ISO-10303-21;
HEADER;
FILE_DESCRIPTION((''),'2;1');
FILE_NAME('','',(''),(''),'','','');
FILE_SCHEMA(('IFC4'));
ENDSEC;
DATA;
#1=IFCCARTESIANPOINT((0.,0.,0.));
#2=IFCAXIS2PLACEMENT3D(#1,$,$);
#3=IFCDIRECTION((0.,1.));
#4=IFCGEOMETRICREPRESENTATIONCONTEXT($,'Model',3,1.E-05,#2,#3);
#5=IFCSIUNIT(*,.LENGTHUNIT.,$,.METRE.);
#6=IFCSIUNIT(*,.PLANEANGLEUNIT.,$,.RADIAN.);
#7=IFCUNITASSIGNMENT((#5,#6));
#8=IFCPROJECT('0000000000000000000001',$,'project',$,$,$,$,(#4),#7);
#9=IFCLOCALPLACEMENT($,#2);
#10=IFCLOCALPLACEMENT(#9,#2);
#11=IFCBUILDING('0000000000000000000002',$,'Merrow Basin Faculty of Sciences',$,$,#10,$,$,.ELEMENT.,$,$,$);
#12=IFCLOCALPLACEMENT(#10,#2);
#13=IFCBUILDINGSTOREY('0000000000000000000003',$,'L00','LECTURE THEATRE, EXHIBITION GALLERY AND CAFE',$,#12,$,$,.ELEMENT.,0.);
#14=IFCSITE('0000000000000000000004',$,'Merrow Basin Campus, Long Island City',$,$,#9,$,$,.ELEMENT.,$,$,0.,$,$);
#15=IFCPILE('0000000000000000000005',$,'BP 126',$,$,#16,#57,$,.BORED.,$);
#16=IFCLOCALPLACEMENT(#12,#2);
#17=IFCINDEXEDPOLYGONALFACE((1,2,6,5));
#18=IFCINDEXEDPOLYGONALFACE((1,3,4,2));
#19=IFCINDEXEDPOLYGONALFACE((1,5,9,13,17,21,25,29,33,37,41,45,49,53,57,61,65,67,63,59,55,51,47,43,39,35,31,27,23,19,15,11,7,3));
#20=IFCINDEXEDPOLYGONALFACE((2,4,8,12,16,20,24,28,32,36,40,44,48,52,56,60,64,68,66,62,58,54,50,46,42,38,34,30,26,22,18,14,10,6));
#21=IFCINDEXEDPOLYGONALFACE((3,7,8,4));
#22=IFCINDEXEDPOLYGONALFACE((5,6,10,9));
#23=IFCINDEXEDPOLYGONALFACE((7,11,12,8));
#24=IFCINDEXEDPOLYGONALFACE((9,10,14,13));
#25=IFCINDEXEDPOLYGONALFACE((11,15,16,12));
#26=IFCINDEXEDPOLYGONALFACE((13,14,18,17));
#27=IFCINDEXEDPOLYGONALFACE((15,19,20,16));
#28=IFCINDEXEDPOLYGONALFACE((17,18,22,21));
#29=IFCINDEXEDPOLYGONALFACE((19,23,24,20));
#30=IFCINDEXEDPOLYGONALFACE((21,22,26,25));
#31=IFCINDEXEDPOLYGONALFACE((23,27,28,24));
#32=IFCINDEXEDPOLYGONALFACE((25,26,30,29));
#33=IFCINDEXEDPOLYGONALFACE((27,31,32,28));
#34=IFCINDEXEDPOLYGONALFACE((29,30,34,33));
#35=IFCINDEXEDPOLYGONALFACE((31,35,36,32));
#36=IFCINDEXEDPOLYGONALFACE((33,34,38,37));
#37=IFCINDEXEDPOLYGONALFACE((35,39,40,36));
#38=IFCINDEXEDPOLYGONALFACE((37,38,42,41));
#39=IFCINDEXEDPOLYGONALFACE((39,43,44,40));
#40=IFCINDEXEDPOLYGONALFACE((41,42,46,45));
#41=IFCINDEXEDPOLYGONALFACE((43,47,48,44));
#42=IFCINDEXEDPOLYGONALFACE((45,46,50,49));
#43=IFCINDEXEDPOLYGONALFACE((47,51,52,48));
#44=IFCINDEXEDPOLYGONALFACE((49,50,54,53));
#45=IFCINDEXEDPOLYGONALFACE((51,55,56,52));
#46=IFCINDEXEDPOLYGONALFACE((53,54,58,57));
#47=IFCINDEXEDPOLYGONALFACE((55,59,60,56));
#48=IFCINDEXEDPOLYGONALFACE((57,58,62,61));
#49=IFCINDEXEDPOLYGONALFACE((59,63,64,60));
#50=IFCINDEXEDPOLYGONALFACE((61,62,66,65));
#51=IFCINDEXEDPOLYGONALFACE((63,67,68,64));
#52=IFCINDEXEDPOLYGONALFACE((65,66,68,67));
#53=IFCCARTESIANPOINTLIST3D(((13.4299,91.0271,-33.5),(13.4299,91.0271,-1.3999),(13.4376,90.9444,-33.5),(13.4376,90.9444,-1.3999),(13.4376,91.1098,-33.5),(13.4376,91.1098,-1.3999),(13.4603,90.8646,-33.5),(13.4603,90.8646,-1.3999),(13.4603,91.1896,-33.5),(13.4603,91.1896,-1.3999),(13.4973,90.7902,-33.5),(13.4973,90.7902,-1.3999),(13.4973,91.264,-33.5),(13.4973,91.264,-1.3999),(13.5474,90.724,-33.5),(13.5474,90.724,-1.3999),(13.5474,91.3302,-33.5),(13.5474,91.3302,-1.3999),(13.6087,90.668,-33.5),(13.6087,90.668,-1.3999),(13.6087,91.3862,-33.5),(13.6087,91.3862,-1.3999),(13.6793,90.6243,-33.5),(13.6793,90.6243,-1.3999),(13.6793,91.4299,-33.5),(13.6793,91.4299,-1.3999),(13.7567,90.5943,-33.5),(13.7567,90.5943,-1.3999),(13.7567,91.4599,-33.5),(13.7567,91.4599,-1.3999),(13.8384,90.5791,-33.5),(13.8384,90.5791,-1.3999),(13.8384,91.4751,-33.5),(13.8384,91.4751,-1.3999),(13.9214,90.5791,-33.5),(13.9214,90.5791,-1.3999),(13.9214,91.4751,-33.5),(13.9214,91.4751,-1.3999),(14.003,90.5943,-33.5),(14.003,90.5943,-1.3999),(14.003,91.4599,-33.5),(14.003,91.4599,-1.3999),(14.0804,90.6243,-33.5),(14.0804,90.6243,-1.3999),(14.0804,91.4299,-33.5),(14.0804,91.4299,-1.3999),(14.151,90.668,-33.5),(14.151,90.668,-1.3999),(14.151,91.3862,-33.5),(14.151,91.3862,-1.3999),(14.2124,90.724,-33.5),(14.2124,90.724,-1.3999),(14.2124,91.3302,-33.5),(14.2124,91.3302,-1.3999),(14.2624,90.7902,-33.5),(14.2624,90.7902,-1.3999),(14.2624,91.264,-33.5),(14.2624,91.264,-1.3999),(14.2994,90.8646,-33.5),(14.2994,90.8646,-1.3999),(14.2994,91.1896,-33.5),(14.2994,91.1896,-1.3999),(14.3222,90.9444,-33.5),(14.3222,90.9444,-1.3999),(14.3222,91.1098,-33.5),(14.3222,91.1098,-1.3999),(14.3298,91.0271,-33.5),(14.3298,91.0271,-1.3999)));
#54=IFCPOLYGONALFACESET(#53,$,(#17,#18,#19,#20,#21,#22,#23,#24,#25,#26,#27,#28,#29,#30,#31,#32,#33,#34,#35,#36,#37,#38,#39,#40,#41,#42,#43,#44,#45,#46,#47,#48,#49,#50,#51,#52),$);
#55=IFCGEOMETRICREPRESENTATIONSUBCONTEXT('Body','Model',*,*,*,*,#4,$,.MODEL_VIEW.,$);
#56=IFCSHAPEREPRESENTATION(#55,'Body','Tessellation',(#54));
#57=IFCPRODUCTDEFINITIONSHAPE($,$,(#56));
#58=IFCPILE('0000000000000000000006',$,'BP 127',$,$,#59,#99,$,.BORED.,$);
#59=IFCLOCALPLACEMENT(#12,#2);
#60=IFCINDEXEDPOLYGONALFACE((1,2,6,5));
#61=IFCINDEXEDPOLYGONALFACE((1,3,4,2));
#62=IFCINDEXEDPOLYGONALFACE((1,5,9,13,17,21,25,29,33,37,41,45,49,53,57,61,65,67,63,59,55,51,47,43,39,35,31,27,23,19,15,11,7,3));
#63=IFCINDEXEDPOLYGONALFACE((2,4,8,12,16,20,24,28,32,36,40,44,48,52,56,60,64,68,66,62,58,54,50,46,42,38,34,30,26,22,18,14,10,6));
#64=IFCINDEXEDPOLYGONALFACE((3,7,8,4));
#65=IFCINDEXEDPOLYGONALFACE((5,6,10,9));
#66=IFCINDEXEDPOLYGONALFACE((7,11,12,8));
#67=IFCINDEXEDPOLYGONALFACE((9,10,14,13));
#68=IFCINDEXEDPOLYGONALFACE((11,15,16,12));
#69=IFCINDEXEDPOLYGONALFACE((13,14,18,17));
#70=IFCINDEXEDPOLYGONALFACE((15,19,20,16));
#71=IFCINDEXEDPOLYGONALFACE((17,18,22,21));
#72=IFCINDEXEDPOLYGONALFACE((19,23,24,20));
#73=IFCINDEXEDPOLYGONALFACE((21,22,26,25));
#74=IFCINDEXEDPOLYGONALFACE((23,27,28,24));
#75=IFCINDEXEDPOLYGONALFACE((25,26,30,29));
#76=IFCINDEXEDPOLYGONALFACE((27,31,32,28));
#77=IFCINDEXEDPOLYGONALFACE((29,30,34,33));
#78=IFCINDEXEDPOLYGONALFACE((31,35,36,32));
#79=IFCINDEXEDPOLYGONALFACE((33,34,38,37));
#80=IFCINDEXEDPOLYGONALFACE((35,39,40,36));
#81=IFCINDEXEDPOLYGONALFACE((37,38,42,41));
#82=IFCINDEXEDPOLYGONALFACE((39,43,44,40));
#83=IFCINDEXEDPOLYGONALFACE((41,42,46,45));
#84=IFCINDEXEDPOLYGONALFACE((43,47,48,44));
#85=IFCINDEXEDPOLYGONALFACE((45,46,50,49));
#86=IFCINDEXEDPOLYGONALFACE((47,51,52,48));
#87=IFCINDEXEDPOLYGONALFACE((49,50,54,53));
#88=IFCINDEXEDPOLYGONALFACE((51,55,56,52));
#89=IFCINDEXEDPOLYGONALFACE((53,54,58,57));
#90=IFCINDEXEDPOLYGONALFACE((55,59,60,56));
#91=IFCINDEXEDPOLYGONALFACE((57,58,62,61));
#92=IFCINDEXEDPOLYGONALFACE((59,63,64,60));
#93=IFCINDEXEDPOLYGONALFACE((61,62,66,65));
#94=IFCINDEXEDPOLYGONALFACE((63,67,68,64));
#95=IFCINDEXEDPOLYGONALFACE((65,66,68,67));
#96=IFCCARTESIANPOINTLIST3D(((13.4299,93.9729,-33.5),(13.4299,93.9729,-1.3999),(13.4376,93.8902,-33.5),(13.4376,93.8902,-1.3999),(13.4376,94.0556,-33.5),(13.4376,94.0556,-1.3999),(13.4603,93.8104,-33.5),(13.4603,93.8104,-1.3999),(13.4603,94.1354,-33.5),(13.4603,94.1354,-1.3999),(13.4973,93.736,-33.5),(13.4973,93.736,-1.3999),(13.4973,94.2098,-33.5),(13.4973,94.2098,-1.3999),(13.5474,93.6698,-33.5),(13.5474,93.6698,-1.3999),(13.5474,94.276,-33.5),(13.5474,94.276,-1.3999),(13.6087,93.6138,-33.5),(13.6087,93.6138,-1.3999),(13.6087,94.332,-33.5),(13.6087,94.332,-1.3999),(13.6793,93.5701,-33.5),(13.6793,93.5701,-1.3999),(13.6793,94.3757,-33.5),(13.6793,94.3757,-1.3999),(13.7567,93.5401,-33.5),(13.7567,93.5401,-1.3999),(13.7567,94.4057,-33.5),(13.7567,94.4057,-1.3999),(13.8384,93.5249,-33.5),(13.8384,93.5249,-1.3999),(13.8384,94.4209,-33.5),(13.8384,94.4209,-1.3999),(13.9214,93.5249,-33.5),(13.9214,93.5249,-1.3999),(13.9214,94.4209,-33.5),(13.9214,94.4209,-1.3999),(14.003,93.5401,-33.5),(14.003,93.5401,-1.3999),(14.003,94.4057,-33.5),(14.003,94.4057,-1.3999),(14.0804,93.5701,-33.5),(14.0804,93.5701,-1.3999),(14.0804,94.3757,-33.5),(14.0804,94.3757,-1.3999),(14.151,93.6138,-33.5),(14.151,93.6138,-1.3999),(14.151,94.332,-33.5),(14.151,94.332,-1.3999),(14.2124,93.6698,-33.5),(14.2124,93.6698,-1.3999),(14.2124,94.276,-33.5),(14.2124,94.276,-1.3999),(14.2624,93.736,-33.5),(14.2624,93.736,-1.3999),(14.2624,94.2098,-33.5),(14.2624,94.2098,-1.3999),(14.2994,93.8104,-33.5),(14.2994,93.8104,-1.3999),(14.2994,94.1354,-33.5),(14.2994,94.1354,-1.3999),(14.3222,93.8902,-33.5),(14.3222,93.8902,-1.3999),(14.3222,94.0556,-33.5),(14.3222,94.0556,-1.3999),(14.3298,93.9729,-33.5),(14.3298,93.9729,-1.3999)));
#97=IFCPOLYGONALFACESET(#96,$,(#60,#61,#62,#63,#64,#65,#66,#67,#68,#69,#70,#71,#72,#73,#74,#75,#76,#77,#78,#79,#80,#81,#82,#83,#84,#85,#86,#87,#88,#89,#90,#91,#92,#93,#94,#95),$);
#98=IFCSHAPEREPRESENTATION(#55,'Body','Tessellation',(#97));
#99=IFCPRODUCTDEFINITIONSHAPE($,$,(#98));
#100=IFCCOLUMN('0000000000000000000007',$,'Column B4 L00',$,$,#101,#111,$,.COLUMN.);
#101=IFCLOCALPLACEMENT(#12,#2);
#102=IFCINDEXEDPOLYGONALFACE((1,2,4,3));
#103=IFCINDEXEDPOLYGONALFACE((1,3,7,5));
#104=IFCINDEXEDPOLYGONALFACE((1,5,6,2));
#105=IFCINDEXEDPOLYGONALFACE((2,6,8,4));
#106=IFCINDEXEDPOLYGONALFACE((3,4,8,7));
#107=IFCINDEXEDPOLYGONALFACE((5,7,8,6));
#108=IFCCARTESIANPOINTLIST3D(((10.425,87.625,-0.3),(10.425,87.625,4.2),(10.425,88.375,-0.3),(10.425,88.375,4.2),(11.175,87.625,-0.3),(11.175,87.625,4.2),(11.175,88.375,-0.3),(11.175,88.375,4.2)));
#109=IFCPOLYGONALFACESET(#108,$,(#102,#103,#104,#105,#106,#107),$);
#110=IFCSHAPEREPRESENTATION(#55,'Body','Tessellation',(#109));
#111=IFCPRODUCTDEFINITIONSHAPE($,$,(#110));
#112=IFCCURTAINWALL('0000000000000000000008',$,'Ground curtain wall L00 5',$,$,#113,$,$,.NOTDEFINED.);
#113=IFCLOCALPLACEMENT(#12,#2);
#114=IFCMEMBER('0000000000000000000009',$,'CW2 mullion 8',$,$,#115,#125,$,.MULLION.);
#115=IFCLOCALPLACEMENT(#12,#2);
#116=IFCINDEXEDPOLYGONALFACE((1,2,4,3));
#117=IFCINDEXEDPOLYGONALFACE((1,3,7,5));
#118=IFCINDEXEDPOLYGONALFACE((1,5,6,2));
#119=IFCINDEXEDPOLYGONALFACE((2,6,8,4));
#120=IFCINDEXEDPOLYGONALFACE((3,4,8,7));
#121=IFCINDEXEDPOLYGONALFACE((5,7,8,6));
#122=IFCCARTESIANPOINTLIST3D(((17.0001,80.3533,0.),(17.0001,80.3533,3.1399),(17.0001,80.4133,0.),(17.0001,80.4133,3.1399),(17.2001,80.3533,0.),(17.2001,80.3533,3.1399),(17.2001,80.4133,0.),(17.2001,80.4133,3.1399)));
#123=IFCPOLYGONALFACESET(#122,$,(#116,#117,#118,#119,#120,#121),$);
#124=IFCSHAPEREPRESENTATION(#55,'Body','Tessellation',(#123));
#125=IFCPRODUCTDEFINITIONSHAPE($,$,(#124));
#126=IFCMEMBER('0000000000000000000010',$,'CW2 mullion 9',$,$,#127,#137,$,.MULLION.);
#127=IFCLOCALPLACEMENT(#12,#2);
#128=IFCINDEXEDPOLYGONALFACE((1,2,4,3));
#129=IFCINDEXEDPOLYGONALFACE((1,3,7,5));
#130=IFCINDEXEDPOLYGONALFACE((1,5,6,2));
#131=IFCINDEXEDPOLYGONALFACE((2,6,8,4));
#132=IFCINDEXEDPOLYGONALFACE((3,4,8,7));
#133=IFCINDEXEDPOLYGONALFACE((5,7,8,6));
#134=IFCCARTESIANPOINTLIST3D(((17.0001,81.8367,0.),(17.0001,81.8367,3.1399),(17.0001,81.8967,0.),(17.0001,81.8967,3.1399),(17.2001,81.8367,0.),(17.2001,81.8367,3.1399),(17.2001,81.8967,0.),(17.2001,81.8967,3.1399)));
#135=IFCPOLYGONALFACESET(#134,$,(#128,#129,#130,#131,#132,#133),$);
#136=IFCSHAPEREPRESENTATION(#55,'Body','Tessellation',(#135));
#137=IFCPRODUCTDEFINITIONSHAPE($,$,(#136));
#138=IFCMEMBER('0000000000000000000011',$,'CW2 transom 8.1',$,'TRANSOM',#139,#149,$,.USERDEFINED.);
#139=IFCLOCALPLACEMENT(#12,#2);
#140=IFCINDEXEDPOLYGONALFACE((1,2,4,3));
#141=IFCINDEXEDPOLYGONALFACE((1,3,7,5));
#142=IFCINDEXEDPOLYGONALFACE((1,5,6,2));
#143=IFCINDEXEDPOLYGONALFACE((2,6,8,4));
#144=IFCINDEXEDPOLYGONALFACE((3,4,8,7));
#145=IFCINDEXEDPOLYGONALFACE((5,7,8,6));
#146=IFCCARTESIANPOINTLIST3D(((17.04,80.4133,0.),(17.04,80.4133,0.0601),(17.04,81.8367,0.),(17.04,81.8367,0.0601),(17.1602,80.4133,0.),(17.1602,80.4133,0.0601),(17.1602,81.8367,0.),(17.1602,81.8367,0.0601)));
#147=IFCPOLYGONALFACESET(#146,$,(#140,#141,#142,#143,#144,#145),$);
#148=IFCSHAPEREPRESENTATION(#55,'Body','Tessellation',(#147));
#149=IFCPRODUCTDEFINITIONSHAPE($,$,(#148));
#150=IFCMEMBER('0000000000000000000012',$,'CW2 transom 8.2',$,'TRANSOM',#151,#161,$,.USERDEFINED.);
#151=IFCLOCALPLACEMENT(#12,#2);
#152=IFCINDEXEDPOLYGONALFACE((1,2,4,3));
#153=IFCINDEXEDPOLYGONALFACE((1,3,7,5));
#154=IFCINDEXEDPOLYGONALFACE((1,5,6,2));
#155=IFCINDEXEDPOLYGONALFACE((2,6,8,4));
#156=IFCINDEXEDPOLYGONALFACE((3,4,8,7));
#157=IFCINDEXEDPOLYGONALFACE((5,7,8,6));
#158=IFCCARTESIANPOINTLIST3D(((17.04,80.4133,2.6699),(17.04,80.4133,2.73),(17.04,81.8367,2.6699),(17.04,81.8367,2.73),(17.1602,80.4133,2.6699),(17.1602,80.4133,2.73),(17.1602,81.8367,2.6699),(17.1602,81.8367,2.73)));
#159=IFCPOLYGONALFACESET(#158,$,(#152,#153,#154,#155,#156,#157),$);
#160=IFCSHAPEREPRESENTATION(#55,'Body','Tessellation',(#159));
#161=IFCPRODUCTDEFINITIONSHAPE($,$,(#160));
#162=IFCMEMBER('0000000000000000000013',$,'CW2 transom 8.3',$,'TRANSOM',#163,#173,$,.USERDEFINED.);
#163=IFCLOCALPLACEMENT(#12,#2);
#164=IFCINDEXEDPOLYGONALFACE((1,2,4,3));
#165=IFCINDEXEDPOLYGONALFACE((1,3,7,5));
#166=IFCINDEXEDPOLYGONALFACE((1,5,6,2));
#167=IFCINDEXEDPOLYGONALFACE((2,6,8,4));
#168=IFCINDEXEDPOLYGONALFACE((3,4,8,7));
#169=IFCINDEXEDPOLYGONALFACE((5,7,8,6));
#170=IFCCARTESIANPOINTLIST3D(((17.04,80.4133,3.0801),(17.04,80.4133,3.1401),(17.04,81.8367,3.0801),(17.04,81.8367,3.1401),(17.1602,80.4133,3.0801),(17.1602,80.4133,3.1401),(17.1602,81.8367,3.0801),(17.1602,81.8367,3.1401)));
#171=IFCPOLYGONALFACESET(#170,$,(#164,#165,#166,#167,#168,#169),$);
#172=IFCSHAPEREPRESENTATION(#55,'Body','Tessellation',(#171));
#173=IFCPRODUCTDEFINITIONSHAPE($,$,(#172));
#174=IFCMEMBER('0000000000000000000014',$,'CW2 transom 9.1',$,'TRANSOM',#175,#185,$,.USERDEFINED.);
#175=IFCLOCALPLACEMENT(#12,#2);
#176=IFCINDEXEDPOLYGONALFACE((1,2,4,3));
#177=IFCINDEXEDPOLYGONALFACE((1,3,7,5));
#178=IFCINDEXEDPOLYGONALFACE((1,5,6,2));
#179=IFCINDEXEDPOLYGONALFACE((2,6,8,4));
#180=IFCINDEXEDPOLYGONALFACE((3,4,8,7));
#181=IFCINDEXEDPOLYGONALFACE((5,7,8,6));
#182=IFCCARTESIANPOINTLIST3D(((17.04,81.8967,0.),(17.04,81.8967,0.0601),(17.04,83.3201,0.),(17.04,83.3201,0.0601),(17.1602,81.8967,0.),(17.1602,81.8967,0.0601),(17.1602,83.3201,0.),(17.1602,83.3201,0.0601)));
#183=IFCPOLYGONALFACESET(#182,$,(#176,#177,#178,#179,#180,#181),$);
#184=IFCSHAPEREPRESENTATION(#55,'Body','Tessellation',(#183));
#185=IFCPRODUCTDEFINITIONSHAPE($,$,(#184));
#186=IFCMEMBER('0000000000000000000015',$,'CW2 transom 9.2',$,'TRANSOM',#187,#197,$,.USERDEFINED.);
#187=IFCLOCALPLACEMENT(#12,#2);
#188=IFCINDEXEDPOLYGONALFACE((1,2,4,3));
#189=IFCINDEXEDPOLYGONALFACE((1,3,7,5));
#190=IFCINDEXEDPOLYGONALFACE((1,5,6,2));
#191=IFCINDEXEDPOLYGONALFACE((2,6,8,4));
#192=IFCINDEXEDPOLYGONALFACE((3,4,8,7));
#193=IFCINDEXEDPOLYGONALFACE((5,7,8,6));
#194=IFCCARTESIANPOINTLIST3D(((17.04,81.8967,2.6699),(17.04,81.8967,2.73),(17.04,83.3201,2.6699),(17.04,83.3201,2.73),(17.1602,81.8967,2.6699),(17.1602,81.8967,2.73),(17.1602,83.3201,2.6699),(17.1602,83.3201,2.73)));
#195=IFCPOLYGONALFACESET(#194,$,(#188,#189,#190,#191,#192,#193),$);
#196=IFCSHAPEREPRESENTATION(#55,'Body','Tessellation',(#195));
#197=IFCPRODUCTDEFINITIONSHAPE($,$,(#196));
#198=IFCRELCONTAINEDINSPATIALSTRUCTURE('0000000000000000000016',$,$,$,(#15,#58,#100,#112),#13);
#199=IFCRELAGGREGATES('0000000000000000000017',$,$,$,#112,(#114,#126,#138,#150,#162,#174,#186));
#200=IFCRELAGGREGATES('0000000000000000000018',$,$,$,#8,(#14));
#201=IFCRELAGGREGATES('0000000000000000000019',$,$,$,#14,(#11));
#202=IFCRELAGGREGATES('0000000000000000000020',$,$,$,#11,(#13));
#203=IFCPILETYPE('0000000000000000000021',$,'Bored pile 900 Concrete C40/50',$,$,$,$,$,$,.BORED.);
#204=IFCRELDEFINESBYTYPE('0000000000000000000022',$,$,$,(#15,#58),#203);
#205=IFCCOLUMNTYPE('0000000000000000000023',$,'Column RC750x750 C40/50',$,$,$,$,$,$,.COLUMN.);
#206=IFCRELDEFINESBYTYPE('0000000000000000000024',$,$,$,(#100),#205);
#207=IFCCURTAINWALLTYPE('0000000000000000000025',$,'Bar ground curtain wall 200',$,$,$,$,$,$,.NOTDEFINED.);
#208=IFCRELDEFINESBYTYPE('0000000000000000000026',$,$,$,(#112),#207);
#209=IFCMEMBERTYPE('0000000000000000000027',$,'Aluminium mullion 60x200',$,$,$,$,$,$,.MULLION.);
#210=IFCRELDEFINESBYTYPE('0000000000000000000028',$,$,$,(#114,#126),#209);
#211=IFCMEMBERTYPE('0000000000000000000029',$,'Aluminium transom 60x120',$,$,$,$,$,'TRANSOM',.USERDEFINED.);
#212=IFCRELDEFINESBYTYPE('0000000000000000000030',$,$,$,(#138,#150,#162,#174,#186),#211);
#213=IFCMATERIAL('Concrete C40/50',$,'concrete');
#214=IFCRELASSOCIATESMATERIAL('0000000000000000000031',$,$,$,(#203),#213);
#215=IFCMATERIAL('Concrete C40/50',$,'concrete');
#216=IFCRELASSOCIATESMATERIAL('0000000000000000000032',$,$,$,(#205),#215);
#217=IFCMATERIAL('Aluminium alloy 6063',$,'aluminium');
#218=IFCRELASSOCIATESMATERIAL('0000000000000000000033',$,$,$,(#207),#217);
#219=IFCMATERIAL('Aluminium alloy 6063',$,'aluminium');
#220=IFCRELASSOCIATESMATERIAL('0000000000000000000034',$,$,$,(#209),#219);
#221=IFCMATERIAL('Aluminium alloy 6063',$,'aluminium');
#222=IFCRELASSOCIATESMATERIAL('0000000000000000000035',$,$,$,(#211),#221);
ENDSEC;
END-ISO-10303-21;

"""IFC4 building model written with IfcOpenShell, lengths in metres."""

from ifc_helpers import new_model, si_unit, direction, frame, origin, origin_2d, place, context, subcontext, project, spatial, rectangle, circle, extrude, material, material_profile, profile_set, type_object, element, aggregate, save


model = new_model("IFC4")

# Units and contexts
model_context = context("Model", 3, precision=1e-05, world=origin(), true_north=direction((0.0, 1.0)))
body_context = subcontext(model_context, "Body", "Model", "MODEL_VIEW")
ifc_project = project(units=[si_unit("LENGTHUNIT", "METRE"), si_unit("PLANEANGLEUNIT", "RADIAN")], contexts=[model_context])

# Site, building, storey
site_placement = place(None, origin())
site = spatial("IfcSite", under=ifc_project, at=site_placement, Name="Merrow Basin Campus, Long Island City", CompositionType="ELEMENT", RefElevation=0.0)
building_placement = place(site_placement, origin())
building = spatial("IfcBuilding", under=site, at=building_placement, Name="Merrow Basin Faculty of Sciences", CompositionType="ELEMENT")
storey_placement = place(building_placement, origin())
storey = spatial("IfcBuildingStorey", under=building, at=storey_placement, Name="L00", Description="LECTURE THEATRE, EXHIBITION GALLERY AND CAFE", CompositionType="ELEMENT", Elevation=0.0)

# Piles
ifc_material_1 = material(Name="Concrete C40/50", Category="concrete")
ifc_material_profile_1 = material_profile(ifc_material_1, circle(Radius=0.45, at=origin_2d()))
ifc_profile_set_1 = profile_set([ifc_material_profile_1], Name="Concrete C40/50")
pile_type = type_object("IfcPileType", Name="Bored pile 900 Concrete C40/50", PredefinedType="BORED", material=ifc_profile_set_1)
for number, where, z_axis, x_axis, name in (
    (1, (13.8799, 91.0271, -1.3999), (0.0, 0.0, -1.0), (1.0, 0.0, 0.0), "BP 126"),
    (2, (13.8799, 93.9729, -1.3999), (0.0, 0.0, -1.0), (1.0, 0.0, 0.0), "BP 127"),
):
    element("IfcPile", number, at=place(storey_placement, frame(where, z_axis=z_axis, x_axis=x_axis)), inside=storey, type_object=pile_type, Name=name, PredefinedType="BORED", context=body_context, shape_type="SweptSolid", body=[
        extrude(circle(Radius=0.45, at=origin_2d()), origin(), (0.0, 0.0, 1.0), 32.1001),
    ])

# Column
ifc_material_2 = material(Name="Concrete C40/50", Category="concrete")
ifc_material_profile_2 = material_profile(ifc_material_2, rectangle(XDim=0.75, YDim=0.75, at=origin_2d()))
ifc_profile_set_2 = profile_set([ifc_material_profile_2], Name="Concrete C40/50")
column_type = type_object("IfcColumnType", Name="Column RC750x750 C40/50", PredefinedType="COLUMN", material=ifc_profile_set_2)
column_placement = place(storey_placement, frame((10.8, 88.0, -0.3), z_axis=(0.0, 0.0, 1.0), x_axis=(1.0, 0.0, 0.0)))
element("IfcColumn", 3, at=column_placement, inside=storey, type_object=column_type, Name="Column B4 L00", PredefinedType="COLUMN", context=body_context, shape_type="SweptSolid", body=[
    extrude(rectangle(XDim=0.75, YDim=0.75, at=origin_2d()), origin(), (0.0, 0.0, 1.0), 4.5),
])

# Curtain wall, members
ifc_material_3 = material(Name="Aluminium alloy 6063", Category="aluminium")
curtain_wall_type = type_object("IfcCurtainWallType", Name="Bar ground curtain wall 200", PredefinedType="NOTDEFINED", material=ifc_material_3)
curtain_wall_1_placement = place(storey_placement, origin())
curtain_wall_1 = element("IfcCurtainWall", 4, at=curtain_wall_1_placement, inside=storey, type_object=curtain_wall_type, Name="Ground curtain wall L00 5", PredefinedType="NOTDEFINED")
ifc_material_4 = material(Name="Aluminium alloy 6063", Category="aluminium")
ifc_material_profile_3 = material_profile(ifc_material_4, rectangle(XDim=0.2, YDim=0.0601, at=origin_2d()))
ifc_profile_set_3 = profile_set([ifc_material_profile_3], Name="Aluminium alloy 6063")
member_type_1 = type_object("IfcMemberType", Name="Aluminium mullion 60x200", PredefinedType="MULLION", material=ifc_profile_set_3)
member_1_placement = place(storey_placement, frame((17.1001, 80.3833, 0.0), z_axis=(0.0, 0.0, 1.0), x_axis=(-1.0, 0.0, 0.0)))
member_1 = element("IfcMember", 5, at=member_1_placement, type_object=member_type_1, Name="CW2 mullion 8", PredefinedType="MULLION", context=body_context, shape_type="SweptSolid", body=[
    extrude(rectangle(XDim=0.2, YDim=0.0601, at=origin_2d()), origin(), (0.0, 0.0, 1.0), 3.1399),
])
member_2_placement = place(storey_placement, frame((17.1001, 81.8667, 0.0), z_axis=(0.0, 0.0, 1.0), x_axis=(-1.0, 0.0, 0.0)))
member_2 = element("IfcMember", 6, at=member_2_placement, type_object=member_type_1, Name="CW2 mullion 9", PredefinedType="MULLION", context=body_context, shape_type="SweptSolid", body=[
    extrude(rectangle(XDim=0.2, YDim=0.0601, at=origin_2d()), origin(), (0.0, 0.0, 1.0), 3.1399),
])
ifc_material_5 = material(Name="Aluminium alloy 6063", Category="aluminium")
ifc_material_profile_4 = material_profile(ifc_material_5, rectangle(XDim=0.1201, YDim=0.0601, at=origin_2d()))
ifc_profile_set_4 = profile_set([ifc_material_profile_4], Name="Aluminium alloy 6063")
member_type_2 = type_object("IfcMemberType", Name="Aluminium transom 60x120", ElementType="TRANSOM", PredefinedType="USERDEFINED", material=ifc_profile_set_4)
member_3_placement = place(storey_placement, frame((17.1001, 80.4133, 0.03), z_axis=(0.0, 1.0, 0.0), x_axis=(-1.0, 0.0, 0.0)))
member_3 = element("IfcMember", 7, at=member_3_placement, type_object=member_type_2, Name="CW2 transom 8.1", ObjectType="TRANSOM", PredefinedType="USERDEFINED", context=body_context, shape_type="SweptSolid", body=[
    extrude(rectangle(XDim=0.1201, YDim=0.0601, at=origin_2d()), origin(), (0.0, 0.0, 1.0), 1.4233),
])
member_4_placement = place(storey_placement, frame((17.1001, 80.4133, 2.7), z_axis=(0.0, 1.0, 0.0), x_axis=(-1.0, 0.0, 0.0)))
member_4 = element("IfcMember", 8, at=member_4_placement, type_object=member_type_2, Name="CW2 transom 8.2", ObjectType="TRANSOM", PredefinedType="USERDEFINED", context=body_context, shape_type="SweptSolid", body=[
    extrude(rectangle(XDim=0.1201, YDim=0.0601, at=origin_2d()), origin(), (0.0, 0.0, 1.0), 1.4233),
])
member_5_placement = place(storey_placement, frame((17.1001, 80.4133, 3.1101), z_axis=(0.0, 1.0, 0.0), x_axis=(-1.0, 0.0, 0.0)))
member_5 = element("IfcMember", 9, at=member_5_placement, type_object=member_type_2, Name="CW2 transom 8.3", ObjectType="TRANSOM", PredefinedType="USERDEFINED", context=body_context, shape_type="SweptSolid", body=[
    extrude(rectangle(XDim=0.1201, YDim=0.0601, at=origin_2d()), origin(), (0.0, 0.0, 1.0), 1.4233),
])
member_6_placement = place(storey_placement, frame((17.1001, 81.8967, 0.03), z_axis=(0.0, 1.0, 0.0), x_axis=(-1.0, 0.0, 0.0)))
member_6 = element("IfcMember", 10, at=member_6_placement, type_object=member_type_2, Name="CW2 transom 9.1", ObjectType="TRANSOM", PredefinedType="USERDEFINED", context=body_context, shape_type="SweptSolid", body=[
    extrude(rectangle(XDim=0.1201, YDim=0.0601, at=origin_2d()), origin(), (0.0, 0.0, 1.0), 1.4233),
])
member_7_placement = place(storey_placement, frame((17.1001, 81.8967, 2.7), z_axis=(0.0, 1.0, 0.0), x_axis=(-1.0, 0.0, 0.0)))
member_7 = element("IfcMember", 11, at=member_7_placement, type_object=member_type_2, Name="CW2 transom 9.2", ObjectType="TRANSOM", PredefinedType="USERDEFINED", context=body_context, shape_type="SweptSolid", body=[
    extrude(rectangle(XDim=0.1201, YDim=0.0601, at=origin_2d()), origin(), (0.0, 0.0, 1.0), 1.4233),
])

aggregate(curtain_wall_1, [member_1, member_2, member_3, member_4, member_5, member_6, member_7])

save(model, "model.ifc")
